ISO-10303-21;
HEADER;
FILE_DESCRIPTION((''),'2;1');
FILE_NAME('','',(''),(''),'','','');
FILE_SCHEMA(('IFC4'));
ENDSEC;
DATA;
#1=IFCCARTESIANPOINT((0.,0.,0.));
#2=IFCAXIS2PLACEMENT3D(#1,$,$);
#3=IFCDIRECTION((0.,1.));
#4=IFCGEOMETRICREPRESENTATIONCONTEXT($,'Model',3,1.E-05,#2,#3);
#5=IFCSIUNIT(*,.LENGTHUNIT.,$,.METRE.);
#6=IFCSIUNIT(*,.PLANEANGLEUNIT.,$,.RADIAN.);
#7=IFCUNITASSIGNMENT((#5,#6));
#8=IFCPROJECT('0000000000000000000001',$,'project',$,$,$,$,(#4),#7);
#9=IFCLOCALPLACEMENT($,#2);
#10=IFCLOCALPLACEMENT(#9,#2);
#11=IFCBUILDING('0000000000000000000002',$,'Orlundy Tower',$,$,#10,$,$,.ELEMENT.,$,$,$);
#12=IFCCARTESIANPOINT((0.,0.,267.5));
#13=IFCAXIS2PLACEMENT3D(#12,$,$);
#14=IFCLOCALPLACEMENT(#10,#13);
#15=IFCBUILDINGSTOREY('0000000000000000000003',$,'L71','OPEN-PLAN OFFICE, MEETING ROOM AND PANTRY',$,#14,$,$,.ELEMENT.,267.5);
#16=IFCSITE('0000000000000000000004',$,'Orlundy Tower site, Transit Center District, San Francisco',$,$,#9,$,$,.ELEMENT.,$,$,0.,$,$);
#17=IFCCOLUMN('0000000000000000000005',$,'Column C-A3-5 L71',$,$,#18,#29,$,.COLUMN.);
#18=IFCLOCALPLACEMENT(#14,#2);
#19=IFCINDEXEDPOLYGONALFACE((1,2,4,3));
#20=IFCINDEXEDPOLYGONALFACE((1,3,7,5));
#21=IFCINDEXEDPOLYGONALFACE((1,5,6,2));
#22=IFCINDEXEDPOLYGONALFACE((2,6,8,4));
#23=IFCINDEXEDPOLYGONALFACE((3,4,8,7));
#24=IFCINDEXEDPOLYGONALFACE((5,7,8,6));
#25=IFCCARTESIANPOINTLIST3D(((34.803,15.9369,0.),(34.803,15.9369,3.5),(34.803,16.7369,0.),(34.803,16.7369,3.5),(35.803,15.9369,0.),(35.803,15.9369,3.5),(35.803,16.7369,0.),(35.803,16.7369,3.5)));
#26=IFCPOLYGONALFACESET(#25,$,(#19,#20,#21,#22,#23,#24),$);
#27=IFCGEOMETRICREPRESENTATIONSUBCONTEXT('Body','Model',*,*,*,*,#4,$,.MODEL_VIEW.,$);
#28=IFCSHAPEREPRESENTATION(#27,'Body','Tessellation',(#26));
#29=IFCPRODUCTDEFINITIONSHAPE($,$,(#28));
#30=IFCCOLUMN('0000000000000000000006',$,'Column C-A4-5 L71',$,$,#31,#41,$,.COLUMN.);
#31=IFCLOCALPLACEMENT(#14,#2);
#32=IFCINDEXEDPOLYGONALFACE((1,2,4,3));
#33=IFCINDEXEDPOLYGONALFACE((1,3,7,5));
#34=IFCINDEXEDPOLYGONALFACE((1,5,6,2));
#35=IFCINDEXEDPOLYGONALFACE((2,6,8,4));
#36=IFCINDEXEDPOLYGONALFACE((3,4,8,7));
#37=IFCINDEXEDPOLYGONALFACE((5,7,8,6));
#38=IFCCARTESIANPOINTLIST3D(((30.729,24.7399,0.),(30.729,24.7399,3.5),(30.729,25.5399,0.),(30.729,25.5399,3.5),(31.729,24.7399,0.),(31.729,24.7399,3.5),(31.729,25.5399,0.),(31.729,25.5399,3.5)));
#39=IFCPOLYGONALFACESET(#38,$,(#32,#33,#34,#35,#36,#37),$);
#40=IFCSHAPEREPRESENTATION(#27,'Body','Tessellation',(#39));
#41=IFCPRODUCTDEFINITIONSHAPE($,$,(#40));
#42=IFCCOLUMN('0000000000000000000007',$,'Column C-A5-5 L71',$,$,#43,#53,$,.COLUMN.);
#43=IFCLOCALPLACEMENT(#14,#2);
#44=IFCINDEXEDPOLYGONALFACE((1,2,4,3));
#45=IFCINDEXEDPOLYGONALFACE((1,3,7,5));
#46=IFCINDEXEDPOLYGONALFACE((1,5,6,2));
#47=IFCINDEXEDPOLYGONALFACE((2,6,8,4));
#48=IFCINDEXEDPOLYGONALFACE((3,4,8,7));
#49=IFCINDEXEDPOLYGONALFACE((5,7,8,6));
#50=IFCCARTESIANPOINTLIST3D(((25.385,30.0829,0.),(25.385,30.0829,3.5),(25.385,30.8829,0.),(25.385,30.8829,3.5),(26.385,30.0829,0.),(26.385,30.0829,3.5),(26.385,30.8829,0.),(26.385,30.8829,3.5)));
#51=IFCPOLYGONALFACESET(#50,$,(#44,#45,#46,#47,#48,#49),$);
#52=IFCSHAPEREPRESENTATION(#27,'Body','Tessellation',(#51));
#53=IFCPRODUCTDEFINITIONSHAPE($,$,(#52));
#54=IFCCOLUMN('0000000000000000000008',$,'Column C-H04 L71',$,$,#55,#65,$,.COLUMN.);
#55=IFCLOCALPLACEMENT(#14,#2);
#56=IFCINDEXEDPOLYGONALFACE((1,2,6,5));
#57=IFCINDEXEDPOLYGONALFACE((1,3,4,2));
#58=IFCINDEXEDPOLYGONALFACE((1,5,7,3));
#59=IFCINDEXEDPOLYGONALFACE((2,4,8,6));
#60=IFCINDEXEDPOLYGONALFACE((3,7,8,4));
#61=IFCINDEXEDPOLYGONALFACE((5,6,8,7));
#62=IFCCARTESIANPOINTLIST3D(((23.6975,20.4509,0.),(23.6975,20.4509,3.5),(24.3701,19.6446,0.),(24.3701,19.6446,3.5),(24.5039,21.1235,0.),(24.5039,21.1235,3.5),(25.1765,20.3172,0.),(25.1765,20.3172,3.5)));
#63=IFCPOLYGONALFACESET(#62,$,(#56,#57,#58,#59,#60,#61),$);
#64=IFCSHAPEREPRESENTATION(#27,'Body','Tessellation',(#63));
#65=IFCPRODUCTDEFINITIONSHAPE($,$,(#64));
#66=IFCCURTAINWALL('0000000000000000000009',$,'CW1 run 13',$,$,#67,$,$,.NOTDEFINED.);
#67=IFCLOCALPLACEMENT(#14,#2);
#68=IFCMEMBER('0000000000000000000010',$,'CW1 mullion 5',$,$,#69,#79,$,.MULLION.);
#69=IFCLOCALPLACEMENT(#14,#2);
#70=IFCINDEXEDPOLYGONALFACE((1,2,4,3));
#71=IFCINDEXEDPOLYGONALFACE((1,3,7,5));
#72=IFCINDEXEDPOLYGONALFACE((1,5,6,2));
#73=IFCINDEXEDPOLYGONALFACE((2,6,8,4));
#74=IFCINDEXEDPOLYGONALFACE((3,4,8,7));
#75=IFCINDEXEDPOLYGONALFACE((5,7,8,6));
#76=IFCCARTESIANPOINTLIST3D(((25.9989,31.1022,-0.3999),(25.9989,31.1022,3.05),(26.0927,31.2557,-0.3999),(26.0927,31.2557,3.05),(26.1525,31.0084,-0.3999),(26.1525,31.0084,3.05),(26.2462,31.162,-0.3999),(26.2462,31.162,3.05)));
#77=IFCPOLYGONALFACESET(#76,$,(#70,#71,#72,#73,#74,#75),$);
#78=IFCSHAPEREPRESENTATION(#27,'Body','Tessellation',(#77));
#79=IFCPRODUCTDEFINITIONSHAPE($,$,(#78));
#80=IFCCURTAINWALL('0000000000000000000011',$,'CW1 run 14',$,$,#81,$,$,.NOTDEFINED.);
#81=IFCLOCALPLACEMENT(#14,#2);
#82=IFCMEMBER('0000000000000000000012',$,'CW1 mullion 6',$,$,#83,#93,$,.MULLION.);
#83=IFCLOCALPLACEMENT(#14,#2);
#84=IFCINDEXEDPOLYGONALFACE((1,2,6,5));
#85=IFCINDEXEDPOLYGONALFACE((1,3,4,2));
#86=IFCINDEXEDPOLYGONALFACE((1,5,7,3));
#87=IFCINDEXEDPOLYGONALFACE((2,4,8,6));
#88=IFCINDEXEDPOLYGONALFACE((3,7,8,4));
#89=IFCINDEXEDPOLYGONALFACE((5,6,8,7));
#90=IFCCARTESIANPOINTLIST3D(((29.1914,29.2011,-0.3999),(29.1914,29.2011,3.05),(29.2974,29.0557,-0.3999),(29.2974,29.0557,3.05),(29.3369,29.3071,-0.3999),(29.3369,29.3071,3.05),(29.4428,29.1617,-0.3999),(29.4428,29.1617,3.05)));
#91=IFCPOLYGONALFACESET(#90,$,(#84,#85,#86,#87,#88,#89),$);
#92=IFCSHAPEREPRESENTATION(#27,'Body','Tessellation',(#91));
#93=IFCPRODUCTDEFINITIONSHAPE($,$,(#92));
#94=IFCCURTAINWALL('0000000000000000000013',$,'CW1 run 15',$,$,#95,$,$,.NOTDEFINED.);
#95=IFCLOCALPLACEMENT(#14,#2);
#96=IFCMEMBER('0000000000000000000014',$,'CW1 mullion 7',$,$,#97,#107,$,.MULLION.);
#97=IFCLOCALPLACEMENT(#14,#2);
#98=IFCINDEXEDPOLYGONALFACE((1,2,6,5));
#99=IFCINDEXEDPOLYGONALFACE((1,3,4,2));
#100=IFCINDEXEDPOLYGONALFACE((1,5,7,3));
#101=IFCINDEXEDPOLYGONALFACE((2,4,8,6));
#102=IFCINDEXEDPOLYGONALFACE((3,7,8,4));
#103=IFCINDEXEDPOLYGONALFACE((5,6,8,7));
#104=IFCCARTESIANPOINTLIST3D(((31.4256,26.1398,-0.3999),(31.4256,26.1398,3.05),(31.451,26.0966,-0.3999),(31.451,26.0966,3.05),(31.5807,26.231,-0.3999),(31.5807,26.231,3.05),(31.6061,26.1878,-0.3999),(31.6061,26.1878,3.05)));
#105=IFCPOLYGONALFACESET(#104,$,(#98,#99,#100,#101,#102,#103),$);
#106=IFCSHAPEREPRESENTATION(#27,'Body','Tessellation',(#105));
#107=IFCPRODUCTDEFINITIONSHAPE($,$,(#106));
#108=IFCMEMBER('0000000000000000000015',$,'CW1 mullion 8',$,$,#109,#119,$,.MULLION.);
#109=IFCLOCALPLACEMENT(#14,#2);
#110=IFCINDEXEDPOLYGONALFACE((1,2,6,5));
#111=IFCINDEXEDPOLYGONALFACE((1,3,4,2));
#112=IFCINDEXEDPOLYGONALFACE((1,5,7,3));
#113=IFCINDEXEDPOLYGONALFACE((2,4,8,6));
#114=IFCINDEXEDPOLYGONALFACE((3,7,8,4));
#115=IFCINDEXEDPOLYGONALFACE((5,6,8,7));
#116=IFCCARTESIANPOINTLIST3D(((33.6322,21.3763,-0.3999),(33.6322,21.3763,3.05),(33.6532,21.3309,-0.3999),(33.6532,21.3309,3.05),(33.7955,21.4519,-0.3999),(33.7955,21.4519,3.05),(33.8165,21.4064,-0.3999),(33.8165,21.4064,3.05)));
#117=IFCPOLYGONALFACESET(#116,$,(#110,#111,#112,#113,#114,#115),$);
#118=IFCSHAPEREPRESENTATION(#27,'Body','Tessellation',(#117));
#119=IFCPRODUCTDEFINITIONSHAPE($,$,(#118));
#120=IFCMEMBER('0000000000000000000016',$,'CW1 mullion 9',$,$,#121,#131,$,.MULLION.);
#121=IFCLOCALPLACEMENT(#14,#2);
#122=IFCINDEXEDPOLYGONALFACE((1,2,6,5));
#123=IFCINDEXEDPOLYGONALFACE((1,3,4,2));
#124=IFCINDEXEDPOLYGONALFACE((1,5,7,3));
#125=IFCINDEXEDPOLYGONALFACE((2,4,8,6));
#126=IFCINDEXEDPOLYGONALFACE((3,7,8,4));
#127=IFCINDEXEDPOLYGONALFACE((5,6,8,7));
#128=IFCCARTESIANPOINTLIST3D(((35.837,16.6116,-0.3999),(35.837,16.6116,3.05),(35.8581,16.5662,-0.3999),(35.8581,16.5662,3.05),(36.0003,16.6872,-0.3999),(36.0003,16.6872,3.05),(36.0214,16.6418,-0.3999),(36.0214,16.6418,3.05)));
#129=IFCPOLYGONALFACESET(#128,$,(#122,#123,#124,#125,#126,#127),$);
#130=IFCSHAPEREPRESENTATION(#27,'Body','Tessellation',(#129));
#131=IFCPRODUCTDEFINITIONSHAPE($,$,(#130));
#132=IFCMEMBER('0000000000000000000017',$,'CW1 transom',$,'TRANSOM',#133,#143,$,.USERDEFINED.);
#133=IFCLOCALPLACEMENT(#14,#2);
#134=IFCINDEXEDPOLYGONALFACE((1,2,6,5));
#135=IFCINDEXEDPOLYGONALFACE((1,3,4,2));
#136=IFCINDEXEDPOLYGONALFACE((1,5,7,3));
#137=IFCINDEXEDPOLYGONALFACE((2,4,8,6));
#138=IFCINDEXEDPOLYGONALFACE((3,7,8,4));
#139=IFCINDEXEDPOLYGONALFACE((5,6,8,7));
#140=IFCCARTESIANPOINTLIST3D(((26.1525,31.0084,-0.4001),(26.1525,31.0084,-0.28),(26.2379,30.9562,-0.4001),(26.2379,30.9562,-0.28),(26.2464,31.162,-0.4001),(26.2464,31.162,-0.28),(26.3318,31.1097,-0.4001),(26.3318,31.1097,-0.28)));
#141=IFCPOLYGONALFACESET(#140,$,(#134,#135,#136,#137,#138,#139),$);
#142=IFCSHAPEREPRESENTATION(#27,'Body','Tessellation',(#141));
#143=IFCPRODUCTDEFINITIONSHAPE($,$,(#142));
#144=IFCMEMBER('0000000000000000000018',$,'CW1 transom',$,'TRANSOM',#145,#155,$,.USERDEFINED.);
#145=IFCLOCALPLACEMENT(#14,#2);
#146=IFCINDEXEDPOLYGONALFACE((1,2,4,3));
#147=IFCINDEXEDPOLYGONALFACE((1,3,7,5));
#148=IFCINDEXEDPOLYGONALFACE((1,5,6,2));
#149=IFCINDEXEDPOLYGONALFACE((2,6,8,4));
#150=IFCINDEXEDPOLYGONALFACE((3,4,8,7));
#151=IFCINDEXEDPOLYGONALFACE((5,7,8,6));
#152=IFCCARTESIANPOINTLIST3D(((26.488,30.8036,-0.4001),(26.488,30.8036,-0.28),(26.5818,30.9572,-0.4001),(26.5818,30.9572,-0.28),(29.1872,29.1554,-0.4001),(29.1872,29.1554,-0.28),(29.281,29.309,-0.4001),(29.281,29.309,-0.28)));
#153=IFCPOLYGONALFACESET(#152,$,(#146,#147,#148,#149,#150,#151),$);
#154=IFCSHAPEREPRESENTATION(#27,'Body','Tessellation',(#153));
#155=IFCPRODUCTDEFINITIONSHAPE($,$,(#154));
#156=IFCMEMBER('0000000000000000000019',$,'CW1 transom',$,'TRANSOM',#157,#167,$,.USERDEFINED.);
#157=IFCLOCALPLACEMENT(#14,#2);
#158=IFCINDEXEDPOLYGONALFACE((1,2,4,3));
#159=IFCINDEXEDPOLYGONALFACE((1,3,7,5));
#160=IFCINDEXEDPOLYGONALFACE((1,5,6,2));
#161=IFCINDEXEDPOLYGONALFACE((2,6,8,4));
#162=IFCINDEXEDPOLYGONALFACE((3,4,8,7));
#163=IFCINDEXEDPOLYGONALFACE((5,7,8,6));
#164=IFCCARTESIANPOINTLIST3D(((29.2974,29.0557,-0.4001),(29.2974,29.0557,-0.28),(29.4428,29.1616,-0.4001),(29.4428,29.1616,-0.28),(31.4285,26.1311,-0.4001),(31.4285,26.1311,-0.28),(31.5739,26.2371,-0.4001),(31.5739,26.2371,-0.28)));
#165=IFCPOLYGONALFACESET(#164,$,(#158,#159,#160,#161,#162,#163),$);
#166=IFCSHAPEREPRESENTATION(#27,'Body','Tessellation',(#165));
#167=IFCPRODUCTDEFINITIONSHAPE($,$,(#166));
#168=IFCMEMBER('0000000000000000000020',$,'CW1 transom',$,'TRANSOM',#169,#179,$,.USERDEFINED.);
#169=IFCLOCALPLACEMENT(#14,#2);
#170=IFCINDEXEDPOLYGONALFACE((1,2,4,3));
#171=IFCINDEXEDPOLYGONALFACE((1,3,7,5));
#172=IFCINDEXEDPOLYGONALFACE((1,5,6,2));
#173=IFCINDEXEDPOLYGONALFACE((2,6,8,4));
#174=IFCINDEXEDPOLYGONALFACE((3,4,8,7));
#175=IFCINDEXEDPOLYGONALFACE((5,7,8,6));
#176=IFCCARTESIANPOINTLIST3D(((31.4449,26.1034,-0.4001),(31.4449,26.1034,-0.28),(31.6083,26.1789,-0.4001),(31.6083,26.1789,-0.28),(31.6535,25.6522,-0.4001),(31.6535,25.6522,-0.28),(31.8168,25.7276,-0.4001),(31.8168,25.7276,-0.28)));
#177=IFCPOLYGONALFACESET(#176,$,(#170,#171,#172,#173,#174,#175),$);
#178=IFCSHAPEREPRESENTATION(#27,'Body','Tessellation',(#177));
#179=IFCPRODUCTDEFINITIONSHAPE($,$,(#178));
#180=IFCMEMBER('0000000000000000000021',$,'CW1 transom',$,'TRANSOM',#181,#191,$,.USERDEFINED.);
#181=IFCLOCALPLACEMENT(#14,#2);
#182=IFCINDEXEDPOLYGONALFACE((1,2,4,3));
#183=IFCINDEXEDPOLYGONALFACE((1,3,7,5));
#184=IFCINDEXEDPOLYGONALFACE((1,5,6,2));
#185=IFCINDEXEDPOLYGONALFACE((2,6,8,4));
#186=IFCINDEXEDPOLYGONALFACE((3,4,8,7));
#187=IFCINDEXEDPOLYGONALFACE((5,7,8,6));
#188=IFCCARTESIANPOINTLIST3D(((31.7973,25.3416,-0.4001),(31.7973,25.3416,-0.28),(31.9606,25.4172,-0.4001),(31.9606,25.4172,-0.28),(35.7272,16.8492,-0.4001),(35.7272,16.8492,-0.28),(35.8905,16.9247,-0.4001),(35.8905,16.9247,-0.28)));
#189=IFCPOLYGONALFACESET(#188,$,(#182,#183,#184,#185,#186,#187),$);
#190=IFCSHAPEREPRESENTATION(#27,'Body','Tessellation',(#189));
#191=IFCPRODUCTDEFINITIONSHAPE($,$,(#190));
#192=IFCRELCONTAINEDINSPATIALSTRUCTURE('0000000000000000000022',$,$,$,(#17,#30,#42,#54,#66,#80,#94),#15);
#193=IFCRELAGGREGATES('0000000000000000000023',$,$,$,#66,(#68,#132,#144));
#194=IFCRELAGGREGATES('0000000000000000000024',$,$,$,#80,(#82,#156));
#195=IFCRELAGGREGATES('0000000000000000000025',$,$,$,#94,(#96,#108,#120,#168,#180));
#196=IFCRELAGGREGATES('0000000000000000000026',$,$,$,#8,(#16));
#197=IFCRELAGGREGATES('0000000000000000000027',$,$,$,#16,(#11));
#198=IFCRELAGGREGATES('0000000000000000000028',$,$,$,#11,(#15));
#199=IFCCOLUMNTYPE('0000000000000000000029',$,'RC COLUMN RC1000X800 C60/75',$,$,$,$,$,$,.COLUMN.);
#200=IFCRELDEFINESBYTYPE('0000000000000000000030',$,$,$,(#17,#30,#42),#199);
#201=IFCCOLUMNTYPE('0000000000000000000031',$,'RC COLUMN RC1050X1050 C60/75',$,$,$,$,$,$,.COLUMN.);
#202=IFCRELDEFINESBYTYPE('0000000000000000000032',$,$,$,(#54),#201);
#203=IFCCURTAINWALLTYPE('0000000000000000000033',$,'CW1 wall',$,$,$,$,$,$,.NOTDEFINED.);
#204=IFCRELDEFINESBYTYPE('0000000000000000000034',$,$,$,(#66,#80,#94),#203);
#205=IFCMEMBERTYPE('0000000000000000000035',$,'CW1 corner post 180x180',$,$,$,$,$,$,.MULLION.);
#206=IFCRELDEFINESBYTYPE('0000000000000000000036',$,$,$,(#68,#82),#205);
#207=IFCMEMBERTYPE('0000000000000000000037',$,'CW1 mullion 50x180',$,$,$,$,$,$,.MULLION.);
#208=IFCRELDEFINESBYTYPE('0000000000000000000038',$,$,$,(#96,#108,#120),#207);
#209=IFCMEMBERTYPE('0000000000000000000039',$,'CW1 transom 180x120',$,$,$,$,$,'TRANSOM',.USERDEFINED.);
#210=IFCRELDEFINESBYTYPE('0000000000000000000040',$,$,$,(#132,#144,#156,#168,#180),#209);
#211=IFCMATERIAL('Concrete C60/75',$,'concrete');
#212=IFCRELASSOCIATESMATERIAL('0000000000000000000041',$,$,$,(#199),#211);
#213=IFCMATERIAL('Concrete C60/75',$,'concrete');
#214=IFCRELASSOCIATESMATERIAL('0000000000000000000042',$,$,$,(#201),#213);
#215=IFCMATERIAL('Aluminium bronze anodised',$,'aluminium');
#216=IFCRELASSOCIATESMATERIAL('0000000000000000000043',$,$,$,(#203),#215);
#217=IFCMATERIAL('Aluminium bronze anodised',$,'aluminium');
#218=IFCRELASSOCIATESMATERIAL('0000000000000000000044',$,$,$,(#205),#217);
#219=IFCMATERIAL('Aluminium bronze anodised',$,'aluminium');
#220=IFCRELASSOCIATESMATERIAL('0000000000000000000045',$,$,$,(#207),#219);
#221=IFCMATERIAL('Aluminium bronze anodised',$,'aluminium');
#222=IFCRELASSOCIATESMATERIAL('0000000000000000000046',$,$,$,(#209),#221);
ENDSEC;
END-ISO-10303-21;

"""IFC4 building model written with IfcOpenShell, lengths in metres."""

from ifc_helpers import new_model, si_unit, direction, frame, origin, origin_2d, place, context, subcontext, project, spatial, rectangle, extrude, material, material_profile, profile_set, type_object, element, aggregate, save


model = new_model("IFC4")

# Units and contexts
model_context = context("Model", 3, precision=1e-05, world=origin(), true_north=direction((0.0, 1.0)))
body_context = subcontext(model_context, "Body", "Model", "MODEL_VIEW")
ifc_project = project(units=[si_unit("LENGTHUNIT", "METRE"), si_unit("PLANEANGLEUNIT", "RADIAN")], contexts=[model_context])

# Site, building, storey
site_placement = place(None, origin())
site = spatial("IfcSite", under=ifc_project, at=site_placement, Name="Orlundy Tower site, Transit Center District, San Francisco", CompositionType="ELEMENT", RefElevation=0.0)
building_placement = place(site_placement, origin())
building = spatial("IfcBuilding", under=site, at=building_placement, Name="Orlundy Tower", CompositionType="ELEMENT")
storey_placement = place(building_placement, frame((0.0, 0.0, 267.5)))
storey = spatial("IfcBuildingStorey", under=building, at=storey_placement, Name="L71", Description="OPEN-PLAN OFFICE, MEETING ROOM AND PANTRY", CompositionType="ELEMENT", Elevation=267.5)

# Columns
ifc_material_1 = material(Name="Concrete C60/75", Category="concrete")
ifc_material_profile_1 = material_profile(ifc_material_1, rectangle(XDim=1.0, YDim=0.8, at=origin_2d()), Name="RC1000X800")
ifc_profile_set_1 = profile_set([ifc_material_profile_1], Name="Concrete C60/75")
column_type_1 = type_object("IfcColumnType", Name="RC COLUMN RC1000X800 C60/75", PredefinedType="COLUMN", material=ifc_profile_set_1)
for number, where, z_axis, x_axis, name in (
    (1, (35.303, 16.3369, 0.0), (0.0, 0.0, 1.0), (1.0, 0.0, 0.0), "Column C-A3-5 L71"),
    (2, (31.229, 25.1399, 0.0), (0.0, 0.0, 1.0), (1.0, 0.0, 0.0), "Column C-A4-5 L71"),
    (3, (25.885, 30.4829, 0.0), (0.0, 0.0, 1.0), (1.0, 0.0, 0.0), "Column C-A5-5 L71"),
):
    element("IfcColumn", number, at=place(storey_placement, frame(where, z_axis=z_axis, x_axis=x_axis)), inside=storey, type_object=column_type_1, Name=name, PredefinedType="COLUMN", context=body_context, shape_type="SweptSolid", body=[
        extrude(rectangle(XDim=1.0, YDim=0.8, at=origin_2d()), origin(), (0.0, 0.0, 1.0), 3.5),
    ])
ifc_material_2 = material(Name="Concrete C60/75", Category="concrete")
ifc_material_profile_2 = material_profile(ifc_material_2, rectangle(XDim=1.05, YDim=1.05, at=origin_2d()), Name="RC1050X1050")
ifc_profile_set_2 = profile_set([ifc_material_profile_2], Name="Concrete C60/75")
column_type_2 = type_object("IfcColumnType", Name="RC COLUMN RC1050X1050 C60/75", PredefinedType="COLUMN", material=ifc_profile_set_2)
column_placement = place(storey_placement, frame((24.437, 20.384, 0.0), z_axis=(0.0, 0.0, 1.0), x_axis=(0.767915, 0.640552, 0.0)))
element("IfcColumn", 4, at=column_placement, inside=storey, type_object=column_type_2, Name="Column C-H04 L71", PredefinedType="COLUMN", context=body_context, shape_type="SweptSolid", body=[
    extrude(rectangle(XDim=1.05, YDim=1.05, at=origin_2d()), origin(), (0.0, 0.0, 1.0), 3.5),
])

# Curtain walls, members
ifc_material_3 = material(Name="Aluminium bronze anodised", Category="aluminium")
curtain_wall_type = type_object("IfcCurtainWallType", Name="CW1 wall", PredefinedType="NOTDEFINED", material=ifc_material_3)
curtain_wall_1_placement = place(storey_placement, origin())
curtain_wall_1 = element("IfcCurtainWall", 5, at=curtain_wall_1_placement, inside=storey, type_object=curtain_wall_type, Name="CW1 run 13", PredefinedType="NOTDEFINED")
ifc_material_4 = material(Name="Aluminium bronze anodised", Category="aluminium")
ifc_material_profile_3 = material_profile(ifc_material_4, rectangle(XDim=0.1799, YDim=0.1799, at=origin_2d()), Name="CW1 corner post 180x180")
ifc_profile_set_3 = profile_set([ifc_material_profile_3], Name="Aluminium bronze anodised")
member_type_1 = type_object("IfcMemberType", Name="CW1 corner post 180x180", PredefinedType="MULLION", material=ifc_profile_set_3)
member_1_placement = place(storey_placement, frame((26.1226, 31.1321, -0.3999), z_axis=(0.0, 0.0, 1.0), x_axis=(0.521144, 0.853468, 0.0)))
member_1 = element("IfcMember", 6, at=member_1_placement, type_object=member_type_1, Name="CW1 mullion 5", PredefinedType="MULLION", context=body_context, shape_type="SweptSolid", body=[
    extrude(rectangle(XDim=0.1799, YDim=0.1799, at=origin_2d()), origin(), (0.0, 0.0, 1.0), 3.45),
])
curtain_wall_2_placement = place(storey_placement, origin())
curtain_wall_2 = element("IfcCurtainWall", 7, at=curtain_wall_2_placement, inside=storey, type_object=curtain_wall_type, Name="CW1 run 14", PredefinedType="NOTDEFINED")
member_2_placement = place(storey_placement, frame((29.3171, 29.1814, -0.3999), z_axis=(0.0, 0.0, 1.0), x_axis=(0.808211, 0.588893, 0.0)))
member_2 = element("IfcMember", 8, at=member_2_placement, type_object=member_type_1, Name="CW1 mullion 6", PredefinedType="MULLION", context=body_context, shape_type="SweptSolid", body=[
    extrude(rectangle(XDim=0.1799, YDim=0.1799, at=origin_2d()), origin(), (0.0, 0.0, 1.0), 3.45),
])

# Curtain wall, members
curtain_wall_3_placement = place(storey_placement, origin())
curtain_wall_3 = element("IfcCurtainWall", 9, at=curtain_wall_3_placement, inside=storey, type_object=curtain_wall_type, Name="CW1 run 15", PredefinedType="NOTDEFINED")
ifc_material_5 = material(Name="Aluminium bronze anodised", Category="aluminium")
ifc_material_profile_4 = material_profile(ifc_material_5, rectangle(XDim=0.1799, YDim=0.05, at=origin_2d()), Name="CW1 mullion 50x180")
ifc_profile_set_4 = profile_set([ifc_material_profile_4], Name="Aluminium bronze anodised")
member_type_2 = type_object("IfcMemberType", Name="CW1 mullion 50x180", PredefinedType="MULLION", material=ifc_profile_set_4)
member_3_placement = place(storey_placement, frame((31.5159, 26.1638, -0.3999), z_axis=(0.0, 0.0, 1.0), x_axis=(0.862025, 0.506866, 0.0)))
member_3 = element("IfcMember", 10, at=member_3_placement, type_object=member_type_2, Name="CW1 mullion 7", PredefinedType="MULLION", context=body_context, shape_type="SweptSolid", body=[
    extrude(rectangle(XDim=0.1799, YDim=0.05, at=origin_2d()), origin(), (0.0, 0.0, 1.0), 3.45),
])
member_4_placement = place(storey_placement, frame((33.7244, 21.3914, -0.3999), z_axis=(0.0, 0.0, 1.0), x_axis=(0.907542, 0.419961, 0.0)))
member_4 = element("IfcMember", 11, at=member_4_placement, type_object=member_type_2, Name="CW1 mullion 8", PredefinedType="MULLION", context=body_context, shape_type="SweptSolid", body=[
    extrude(rectangle(XDim=0.1799, YDim=0.05, at=origin_2d()), origin(), (0.0, 0.0, 1.0), 3.45),
])
member_5_placement = place(storey_placement, frame((35.9292, 16.6267, -0.3999), z_axis=(0.0, 0.0, 1.0), x_axis=(0.907542, 0.419961, 0.0)))
member_5 = element("IfcMember", 12, at=member_5_placement, type_object=member_type_2, Name="CW1 mullion 9", PredefinedType="MULLION", context=body_context, shape_type="SweptSolid", body=[
    extrude(rectangle(XDim=0.1799, YDim=0.05, at=origin_2d()), origin(), (0.0, 0.0, 1.0), 3.45),
])

# Members
ifc_material_6 = material(Name="Aluminium bronze anodised", Category="aluminium")
ifc_material_profile_5 = material_profile(ifc_material_6, rectangle(XDim=0.1799, YDim=0.1201, at=origin_2d()), Name="CW1 transom 180x120")
ifc_profile_set_5 = profile_set([ifc_material_profile_5], Name="Aluminium bronze anodised")
member_type_3 = type_object("IfcMemberType", Name="CW1 transom 180x120", ElementType="TRANSOM", PredefinedType="USERDEFINED", material=ifc_profile_set_5)
member_6_placement = place(storey_placement, frame((26.1995, 31.0852, -0.3401), z_axis=(0.853161, -0.521647, 0.0), x_axis=(0.521647, 0.853161, 0.0)))
member_6 = element("IfcMember", 13, at=member_6_placement, type_object=member_type_3, Name="CW1 transom", ObjectType="TRANSOM", PredefinedType="USERDEFINED", context=body_context, shape_type="SweptSolid", body=[
    extrude(rectangle(XDim=0.1799, YDim=0.1201, at=origin_2d()), origin(), (0.0, 0.0, 1.0), 0.1001),
])
member_7_placement = place(storey_placement, frame((26.5349, 30.8804, -0.3401), z_axis=(0.853469, -0.521144, 0.0), x_axis=(0.521144, 0.853469, 0.0)))
member_7 = element("IfcMember", 14, at=member_7_placement, type_object=member_type_3, Name="CW1 transom", ObjectType="TRANSOM", PredefinedType="USERDEFINED", context=body_context, shape_type="SweptSolid", body=[
    extrude(rectangle(XDim=0.1799, YDim=0.1201, at=origin_2d()), origin(), (0.0, 0.0, 1.0), 3.1626),
])
member_8_placement = place(storey_placement, frame((29.3701, 29.1086, -0.3401), z_axis=(0.588922, -0.80819, 0.0), x_axis=(0.80819, 0.588922, 0.0)))
member_8 = element("IfcMember", 15, at=member_8_placement, type_object=member_type_3, Name="CW1 transom", ObjectType="TRANSOM", PredefinedType="USERDEFINED", context=body_context, shape_type="SweptSolid", body=[
    extrude(rectangle(XDim=0.1799, YDim=0.1201, at=origin_2d()), origin(), (0.0, 0.0, 1.0), 3.6187),
])
member_9_placement = place(storey_placement, frame((31.5266, 26.1411, -0.3401), z_axis=(0.419494, -0.907758, 0.0), x_axis=(0.907758, 0.419494, 0.0)))
member_9 = element("IfcMember", 16, at=member_9_placement, type_object=member_type_3, Name="CW1 transom", ObjectType="TRANSOM", PredefinedType="USERDEFINED", context=body_context, shape_type="SweptSolid", body=[
    extrude(rectangle(XDim=0.1799, YDim=0.1201, at=origin_2d()), origin(), (0.0, 0.0, 1.0), 0.4971),
])
member_10_placement = place(storey_placement, frame((31.8789, 25.3794, -0.3401), z_axis=(0.41997, -0.907538, 0.0), x_axis=(0.907538, 0.41997, 0.0)))
member_10 = element("IfcMember", 17, at=member_10_placement, type_object=member_type_3, Name="CW1 transom", ObjectType="TRANSOM", PredefinedType="USERDEFINED", context=body_context, shape_type="SweptSolid", body=[
    extrude(rectangle(XDim=0.1799, YDim=0.1201, at=origin_2d()), origin(), (0.0, 0.0, 1.0), 9.3577),
])

aggregate(curtain_wall_1, [member_1, member_6, member_7])
aggregate(curtain_wall_2, [member_2, member_8])
aggregate(curtain_wall_3, [member_3, member_4, member_5, member_9, member_10])

save(model, "model.ifc")
